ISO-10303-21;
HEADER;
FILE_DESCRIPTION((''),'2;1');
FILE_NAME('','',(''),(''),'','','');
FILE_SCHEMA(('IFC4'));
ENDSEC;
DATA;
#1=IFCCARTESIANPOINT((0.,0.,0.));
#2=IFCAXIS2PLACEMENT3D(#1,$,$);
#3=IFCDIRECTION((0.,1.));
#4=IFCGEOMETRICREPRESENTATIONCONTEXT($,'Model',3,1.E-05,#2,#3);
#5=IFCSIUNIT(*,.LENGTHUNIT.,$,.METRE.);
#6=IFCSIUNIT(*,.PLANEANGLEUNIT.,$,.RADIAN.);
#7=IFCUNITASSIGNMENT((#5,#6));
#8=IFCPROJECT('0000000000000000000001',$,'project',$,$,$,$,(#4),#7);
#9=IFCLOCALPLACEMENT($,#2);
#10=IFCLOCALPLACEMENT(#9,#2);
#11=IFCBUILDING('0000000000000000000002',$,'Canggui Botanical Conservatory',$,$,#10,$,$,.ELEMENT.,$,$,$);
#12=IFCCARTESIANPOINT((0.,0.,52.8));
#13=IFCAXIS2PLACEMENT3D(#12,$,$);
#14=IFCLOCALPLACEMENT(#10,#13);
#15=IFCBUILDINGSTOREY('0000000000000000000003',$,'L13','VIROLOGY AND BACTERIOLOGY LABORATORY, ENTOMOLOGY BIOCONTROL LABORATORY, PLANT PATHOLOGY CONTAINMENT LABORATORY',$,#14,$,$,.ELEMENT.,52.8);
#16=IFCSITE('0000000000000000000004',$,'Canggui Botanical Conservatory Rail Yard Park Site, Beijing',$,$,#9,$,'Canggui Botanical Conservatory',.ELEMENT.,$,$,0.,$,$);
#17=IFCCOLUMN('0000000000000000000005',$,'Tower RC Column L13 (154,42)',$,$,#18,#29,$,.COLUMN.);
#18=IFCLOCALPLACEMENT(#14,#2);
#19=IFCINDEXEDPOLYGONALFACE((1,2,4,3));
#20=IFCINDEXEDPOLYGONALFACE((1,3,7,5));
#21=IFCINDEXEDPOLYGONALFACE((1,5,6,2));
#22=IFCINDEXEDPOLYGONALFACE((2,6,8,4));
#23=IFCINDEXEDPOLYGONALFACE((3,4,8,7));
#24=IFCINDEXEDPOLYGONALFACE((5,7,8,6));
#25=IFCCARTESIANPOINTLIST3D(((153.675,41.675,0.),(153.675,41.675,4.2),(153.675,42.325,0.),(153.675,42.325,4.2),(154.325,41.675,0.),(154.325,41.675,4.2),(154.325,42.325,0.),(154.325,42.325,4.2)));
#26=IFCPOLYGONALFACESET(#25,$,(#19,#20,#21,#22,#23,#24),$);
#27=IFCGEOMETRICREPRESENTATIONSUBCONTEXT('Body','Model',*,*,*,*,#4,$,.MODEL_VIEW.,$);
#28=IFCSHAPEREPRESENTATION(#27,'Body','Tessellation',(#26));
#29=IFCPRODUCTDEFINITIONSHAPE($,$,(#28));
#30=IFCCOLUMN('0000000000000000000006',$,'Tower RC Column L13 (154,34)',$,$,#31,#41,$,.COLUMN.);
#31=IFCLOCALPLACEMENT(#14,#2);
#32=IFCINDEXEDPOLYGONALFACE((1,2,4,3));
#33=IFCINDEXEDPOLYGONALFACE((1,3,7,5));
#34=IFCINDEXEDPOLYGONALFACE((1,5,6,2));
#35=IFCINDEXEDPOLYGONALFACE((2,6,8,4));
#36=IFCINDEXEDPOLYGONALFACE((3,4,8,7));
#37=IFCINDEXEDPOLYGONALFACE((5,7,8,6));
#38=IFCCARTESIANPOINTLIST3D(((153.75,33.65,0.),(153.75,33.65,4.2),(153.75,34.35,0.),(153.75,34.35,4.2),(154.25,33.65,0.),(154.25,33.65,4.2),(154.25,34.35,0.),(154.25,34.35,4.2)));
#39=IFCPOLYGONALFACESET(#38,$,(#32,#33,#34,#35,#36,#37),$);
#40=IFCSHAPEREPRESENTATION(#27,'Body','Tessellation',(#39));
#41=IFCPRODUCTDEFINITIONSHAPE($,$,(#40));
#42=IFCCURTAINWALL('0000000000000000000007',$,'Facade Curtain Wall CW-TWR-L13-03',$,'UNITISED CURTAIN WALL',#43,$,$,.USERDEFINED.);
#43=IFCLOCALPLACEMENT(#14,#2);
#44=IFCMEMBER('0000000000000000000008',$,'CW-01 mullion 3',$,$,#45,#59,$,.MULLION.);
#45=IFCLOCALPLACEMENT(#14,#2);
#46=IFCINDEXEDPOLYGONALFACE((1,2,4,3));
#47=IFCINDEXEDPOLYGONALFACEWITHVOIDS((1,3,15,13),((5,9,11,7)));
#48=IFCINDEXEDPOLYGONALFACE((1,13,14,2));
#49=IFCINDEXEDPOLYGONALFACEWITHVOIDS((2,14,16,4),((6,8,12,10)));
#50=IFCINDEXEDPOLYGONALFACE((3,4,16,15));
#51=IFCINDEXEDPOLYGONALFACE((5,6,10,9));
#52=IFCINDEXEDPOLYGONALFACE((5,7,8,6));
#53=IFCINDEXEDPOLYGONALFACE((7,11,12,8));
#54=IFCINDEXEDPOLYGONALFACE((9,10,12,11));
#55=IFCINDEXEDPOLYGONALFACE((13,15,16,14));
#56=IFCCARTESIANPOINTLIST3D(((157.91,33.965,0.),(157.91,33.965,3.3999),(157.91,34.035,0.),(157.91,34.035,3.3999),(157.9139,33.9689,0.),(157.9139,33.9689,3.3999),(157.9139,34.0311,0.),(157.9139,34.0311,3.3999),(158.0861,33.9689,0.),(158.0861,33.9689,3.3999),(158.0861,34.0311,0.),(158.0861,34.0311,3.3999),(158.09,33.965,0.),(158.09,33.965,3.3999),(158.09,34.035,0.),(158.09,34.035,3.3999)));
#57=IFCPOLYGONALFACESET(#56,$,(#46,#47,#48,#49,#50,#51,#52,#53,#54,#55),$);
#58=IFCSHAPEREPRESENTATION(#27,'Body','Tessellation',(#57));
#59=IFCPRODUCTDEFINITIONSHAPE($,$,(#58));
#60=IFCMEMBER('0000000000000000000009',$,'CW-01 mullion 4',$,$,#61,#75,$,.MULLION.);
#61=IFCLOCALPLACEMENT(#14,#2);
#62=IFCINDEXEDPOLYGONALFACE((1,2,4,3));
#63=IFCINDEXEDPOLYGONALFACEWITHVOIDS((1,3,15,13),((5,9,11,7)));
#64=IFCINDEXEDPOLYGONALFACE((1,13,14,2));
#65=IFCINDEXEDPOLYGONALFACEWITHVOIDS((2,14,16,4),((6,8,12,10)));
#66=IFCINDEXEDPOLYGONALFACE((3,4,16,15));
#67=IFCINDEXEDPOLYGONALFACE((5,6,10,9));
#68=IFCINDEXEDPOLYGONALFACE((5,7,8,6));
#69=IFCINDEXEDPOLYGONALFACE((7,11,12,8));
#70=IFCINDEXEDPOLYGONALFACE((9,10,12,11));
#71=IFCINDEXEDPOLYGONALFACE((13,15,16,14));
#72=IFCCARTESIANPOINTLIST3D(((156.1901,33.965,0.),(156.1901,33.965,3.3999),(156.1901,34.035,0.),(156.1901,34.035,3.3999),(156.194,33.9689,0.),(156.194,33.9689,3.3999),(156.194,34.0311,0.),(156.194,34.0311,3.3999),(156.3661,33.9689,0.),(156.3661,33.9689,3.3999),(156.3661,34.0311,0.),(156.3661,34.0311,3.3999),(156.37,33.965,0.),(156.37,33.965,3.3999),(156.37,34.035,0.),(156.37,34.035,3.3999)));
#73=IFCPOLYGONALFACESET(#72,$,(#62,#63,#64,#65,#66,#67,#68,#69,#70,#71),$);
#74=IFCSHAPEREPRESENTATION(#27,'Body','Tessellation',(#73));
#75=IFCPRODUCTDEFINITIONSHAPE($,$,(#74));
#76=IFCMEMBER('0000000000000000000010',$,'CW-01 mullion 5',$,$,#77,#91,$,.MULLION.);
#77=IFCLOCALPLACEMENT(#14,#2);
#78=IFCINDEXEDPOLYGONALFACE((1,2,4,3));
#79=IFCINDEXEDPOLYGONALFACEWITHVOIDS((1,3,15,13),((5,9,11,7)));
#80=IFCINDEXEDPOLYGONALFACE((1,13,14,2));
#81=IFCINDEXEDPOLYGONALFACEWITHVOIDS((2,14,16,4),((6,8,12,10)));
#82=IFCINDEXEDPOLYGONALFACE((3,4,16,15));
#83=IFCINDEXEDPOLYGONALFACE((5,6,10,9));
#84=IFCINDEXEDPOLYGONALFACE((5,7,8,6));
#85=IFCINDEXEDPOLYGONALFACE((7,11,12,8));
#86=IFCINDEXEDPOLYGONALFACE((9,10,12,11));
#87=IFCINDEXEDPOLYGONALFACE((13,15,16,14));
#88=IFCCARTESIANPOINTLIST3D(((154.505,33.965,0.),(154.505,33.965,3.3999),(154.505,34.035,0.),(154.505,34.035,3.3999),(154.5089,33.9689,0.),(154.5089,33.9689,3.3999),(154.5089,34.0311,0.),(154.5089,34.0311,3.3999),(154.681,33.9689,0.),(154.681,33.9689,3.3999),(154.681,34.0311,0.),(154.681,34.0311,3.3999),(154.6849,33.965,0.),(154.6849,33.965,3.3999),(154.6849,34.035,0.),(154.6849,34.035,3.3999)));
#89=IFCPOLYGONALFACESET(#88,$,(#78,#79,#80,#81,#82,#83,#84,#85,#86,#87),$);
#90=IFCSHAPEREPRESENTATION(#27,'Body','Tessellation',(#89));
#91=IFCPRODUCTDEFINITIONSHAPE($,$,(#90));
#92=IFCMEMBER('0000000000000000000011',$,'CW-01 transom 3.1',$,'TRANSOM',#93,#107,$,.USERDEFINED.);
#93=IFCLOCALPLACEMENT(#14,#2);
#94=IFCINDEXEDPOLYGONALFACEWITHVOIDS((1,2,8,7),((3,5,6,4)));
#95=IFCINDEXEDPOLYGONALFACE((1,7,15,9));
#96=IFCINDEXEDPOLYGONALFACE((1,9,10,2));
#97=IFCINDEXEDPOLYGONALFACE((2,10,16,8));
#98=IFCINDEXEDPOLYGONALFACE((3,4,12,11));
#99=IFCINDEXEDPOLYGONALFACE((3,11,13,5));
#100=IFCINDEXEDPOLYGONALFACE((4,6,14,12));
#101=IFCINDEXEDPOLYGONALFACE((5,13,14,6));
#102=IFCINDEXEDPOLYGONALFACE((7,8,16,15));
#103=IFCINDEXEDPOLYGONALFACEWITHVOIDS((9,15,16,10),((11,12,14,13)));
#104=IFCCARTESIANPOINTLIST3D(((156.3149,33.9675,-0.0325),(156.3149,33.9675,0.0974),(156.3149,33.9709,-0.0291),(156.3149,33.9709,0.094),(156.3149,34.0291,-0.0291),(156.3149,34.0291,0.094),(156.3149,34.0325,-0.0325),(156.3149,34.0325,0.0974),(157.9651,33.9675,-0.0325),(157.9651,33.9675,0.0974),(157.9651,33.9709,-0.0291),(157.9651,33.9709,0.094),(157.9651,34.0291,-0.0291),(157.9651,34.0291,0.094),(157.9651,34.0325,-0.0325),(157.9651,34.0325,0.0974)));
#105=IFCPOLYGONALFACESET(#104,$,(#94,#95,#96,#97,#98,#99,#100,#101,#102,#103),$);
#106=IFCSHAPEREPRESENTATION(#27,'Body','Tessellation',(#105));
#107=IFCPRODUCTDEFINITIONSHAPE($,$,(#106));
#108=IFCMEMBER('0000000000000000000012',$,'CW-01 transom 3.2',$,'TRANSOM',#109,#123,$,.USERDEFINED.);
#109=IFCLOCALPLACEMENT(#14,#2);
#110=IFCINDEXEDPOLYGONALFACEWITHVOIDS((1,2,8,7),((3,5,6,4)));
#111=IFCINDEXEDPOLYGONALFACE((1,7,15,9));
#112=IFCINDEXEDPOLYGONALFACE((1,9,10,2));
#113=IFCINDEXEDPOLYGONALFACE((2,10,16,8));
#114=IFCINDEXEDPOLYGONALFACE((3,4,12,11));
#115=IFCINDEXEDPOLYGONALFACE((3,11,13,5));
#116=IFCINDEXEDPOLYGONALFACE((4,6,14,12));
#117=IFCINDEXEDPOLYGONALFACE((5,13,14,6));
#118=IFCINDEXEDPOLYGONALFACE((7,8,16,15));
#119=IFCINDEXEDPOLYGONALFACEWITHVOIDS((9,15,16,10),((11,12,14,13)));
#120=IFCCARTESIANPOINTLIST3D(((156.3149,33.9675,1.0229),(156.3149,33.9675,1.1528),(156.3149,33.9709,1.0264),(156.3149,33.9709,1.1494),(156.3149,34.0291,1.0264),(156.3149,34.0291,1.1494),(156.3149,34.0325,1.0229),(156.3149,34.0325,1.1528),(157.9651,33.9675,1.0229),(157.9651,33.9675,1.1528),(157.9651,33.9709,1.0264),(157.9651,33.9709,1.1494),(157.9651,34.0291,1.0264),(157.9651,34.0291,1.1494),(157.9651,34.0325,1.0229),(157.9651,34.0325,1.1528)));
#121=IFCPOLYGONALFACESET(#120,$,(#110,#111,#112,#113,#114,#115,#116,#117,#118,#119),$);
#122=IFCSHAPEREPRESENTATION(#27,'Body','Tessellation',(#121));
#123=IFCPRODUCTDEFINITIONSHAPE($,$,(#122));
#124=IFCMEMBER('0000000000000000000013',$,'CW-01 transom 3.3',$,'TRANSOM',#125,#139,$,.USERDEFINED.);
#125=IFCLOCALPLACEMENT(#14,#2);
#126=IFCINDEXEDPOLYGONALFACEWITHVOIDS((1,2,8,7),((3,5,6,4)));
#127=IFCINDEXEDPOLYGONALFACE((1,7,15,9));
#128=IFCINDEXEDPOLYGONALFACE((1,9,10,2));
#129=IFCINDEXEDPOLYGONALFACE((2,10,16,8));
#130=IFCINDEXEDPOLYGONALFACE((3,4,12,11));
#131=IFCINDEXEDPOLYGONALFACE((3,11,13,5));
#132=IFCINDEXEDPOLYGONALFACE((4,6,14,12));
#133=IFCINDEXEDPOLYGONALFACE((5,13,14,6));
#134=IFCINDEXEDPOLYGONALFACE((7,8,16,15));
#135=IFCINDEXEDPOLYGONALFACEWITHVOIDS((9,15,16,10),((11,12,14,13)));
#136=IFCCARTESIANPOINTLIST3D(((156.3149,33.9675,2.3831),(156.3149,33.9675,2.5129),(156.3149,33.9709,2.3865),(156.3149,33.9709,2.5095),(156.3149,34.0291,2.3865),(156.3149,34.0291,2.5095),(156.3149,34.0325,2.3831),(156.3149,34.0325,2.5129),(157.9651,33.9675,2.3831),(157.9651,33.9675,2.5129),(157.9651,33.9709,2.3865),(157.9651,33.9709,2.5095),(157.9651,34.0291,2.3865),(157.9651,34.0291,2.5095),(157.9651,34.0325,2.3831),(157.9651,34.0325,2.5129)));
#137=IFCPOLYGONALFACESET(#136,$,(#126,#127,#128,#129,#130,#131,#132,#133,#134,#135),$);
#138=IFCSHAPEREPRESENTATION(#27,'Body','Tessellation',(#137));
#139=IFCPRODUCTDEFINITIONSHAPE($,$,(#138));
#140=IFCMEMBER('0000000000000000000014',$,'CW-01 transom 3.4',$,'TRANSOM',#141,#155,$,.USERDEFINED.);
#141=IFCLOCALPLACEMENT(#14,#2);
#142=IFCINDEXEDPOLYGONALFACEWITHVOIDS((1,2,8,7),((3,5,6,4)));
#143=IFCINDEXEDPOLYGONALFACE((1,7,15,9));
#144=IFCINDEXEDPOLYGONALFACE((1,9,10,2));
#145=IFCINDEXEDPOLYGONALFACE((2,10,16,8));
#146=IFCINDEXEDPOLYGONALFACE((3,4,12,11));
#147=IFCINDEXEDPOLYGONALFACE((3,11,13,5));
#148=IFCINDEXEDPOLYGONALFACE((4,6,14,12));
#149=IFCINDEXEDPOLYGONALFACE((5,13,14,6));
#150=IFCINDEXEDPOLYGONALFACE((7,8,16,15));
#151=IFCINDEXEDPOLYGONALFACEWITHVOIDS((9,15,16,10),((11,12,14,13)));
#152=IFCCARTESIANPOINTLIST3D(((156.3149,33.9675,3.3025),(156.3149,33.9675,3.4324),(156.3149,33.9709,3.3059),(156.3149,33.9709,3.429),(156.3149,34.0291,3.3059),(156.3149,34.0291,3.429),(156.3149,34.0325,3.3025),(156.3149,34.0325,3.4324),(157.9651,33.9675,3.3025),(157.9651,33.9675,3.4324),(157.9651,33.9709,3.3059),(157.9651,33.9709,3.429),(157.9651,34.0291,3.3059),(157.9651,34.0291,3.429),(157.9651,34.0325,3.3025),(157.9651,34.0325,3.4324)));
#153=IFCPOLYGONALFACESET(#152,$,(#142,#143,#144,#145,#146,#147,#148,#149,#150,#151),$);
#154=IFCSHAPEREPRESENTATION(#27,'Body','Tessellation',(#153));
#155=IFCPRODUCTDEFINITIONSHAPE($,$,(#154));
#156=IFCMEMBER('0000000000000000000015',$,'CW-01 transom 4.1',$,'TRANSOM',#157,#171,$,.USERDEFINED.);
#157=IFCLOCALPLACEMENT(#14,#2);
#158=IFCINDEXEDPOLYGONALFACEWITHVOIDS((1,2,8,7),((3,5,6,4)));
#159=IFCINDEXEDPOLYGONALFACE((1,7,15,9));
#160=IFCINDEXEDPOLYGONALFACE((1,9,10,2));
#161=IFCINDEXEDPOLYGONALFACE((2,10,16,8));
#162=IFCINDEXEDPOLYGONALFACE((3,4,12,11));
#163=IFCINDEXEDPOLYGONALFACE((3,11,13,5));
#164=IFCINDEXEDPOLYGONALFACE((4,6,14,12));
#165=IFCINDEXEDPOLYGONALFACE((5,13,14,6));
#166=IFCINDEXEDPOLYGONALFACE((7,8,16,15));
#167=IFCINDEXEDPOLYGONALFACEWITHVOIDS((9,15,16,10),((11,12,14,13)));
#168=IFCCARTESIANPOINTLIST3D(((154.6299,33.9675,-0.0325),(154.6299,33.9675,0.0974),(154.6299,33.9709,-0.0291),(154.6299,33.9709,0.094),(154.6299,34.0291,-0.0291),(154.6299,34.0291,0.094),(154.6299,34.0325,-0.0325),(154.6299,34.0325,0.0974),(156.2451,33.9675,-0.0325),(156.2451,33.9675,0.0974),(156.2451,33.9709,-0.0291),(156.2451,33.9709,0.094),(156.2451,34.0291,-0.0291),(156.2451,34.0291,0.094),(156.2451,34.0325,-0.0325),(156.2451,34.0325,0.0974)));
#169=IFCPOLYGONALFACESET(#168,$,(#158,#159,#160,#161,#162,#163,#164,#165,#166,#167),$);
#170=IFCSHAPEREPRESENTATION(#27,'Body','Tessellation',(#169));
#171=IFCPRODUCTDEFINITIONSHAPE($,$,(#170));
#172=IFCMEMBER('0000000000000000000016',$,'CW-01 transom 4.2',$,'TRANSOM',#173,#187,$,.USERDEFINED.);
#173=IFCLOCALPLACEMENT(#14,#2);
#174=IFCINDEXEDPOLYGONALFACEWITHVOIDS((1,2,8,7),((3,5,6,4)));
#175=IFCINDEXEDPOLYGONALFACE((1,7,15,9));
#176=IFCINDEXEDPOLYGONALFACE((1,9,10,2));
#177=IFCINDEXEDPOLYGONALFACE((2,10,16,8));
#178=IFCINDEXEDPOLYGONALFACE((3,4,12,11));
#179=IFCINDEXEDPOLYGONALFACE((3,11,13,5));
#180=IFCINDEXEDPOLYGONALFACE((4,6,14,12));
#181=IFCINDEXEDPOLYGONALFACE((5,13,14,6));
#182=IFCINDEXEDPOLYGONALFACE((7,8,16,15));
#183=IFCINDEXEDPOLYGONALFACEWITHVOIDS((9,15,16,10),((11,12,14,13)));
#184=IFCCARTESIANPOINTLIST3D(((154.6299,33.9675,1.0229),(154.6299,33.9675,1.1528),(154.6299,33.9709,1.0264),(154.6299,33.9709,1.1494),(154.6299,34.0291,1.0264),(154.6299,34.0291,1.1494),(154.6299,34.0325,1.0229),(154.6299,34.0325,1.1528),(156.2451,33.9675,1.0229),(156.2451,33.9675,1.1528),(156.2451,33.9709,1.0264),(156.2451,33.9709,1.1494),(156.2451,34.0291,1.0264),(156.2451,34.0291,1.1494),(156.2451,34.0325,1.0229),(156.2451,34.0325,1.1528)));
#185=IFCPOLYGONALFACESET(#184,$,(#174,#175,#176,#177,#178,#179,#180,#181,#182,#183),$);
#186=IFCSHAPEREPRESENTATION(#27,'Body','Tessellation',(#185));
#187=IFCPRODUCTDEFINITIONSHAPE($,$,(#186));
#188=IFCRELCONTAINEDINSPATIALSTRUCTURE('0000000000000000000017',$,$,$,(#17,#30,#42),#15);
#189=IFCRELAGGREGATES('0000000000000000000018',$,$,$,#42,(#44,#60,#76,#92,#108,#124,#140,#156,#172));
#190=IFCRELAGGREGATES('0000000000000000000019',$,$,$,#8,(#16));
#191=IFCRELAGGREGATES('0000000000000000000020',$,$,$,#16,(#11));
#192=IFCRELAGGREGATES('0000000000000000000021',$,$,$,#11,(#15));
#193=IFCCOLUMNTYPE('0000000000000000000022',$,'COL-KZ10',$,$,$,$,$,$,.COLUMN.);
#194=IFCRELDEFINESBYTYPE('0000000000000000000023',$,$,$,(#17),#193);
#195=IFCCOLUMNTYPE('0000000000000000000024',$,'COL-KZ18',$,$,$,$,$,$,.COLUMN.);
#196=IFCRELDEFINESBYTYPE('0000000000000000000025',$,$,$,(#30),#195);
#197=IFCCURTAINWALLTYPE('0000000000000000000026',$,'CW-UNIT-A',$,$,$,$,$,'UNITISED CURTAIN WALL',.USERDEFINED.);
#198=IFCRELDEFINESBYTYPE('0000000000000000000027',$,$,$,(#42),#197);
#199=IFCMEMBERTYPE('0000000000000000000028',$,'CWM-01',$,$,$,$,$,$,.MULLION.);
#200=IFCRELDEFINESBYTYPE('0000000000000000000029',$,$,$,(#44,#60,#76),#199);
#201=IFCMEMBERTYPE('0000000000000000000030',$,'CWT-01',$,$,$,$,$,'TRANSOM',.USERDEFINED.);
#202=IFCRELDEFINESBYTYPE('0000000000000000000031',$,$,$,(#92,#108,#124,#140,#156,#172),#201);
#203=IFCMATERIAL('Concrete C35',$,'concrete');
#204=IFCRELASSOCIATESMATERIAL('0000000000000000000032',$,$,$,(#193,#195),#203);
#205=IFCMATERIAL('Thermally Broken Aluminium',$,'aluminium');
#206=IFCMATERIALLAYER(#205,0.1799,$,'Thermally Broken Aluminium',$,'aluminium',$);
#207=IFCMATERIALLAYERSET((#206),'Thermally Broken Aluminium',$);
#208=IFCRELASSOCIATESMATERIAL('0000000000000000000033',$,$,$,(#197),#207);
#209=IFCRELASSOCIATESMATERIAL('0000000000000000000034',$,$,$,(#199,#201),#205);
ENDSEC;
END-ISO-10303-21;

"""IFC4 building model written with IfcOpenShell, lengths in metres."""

from ifc_helpers import new_model, si_unit, direction, frame, origin, origin_2d, place, context, subcontext, project, spatial, rectangle, hollow_rectangle, extrude, material, layer, layer_set, material_profile, profile_set, type_object, element, aggregate, save


model = new_model("IFC4")

# Units and contexts
model_context = context("Model", 3, precision=1e-05, world=origin(), true_north=direction((0.0, 1.0)))
body_context = subcontext(model_context, "Body", "Model", "MODEL_VIEW")
ifc_project = project(units=[si_unit("LENGTHUNIT", "METRE"), si_unit("PLANEANGLEUNIT", "RADIAN")], contexts=[model_context])

# Site, building, storey
site_placement = place(None, origin())
site = spatial("IfcSite", under=ifc_project, at=site_placement, Name="Canggui Botanical Conservatory Rail Yard Park Site, Beijing", LongName="Canggui Botanical Conservatory", CompositionType="ELEMENT", RefElevation=0.0)
building_placement = place(site_placement, origin())
building = spatial("IfcBuilding", under=site, at=building_placement, Name="Canggui Botanical Conservatory", CompositionType="ELEMENT")
storey_placement = place(building_placement, frame((0.0, 0.0, 52.8)))
storey = spatial("IfcBuildingStorey", under=building, at=storey_placement, Name="L13", Description="VIROLOGY AND BACTERIOLOGY LABORATORY, ENTOMOLOGY BIOCONTROL LABORATORY, PLANT PATHOLOGY CONTAINMENT LABORATORY", CompositionType="ELEMENT", Elevation=52.8)

# Columns
ifc_material_1 = material(Name="Concrete C35", Category="concrete")
ifc_material_profile_1 = material_profile(ifc_material_1, rectangle(XDim=0.6499, YDim=0.6499, at=origin_2d()), Name="RC 650x650")
ifc_profile_set_1 = profile_set([ifc_material_profile_1], Name="Concrete C35")
column_type_1 = type_object("IfcColumnType", Name="COL-KZ10", PredefinedType="COLUMN", material=ifc_profile_set_1)
column_1_placement = place(storey_placement, frame((154.0, 42.0, 0.0), z_axis=(0.0, 0.0, 1.0), x_axis=(1.0, 0.0, 0.0)))
element("IfcColumn", 1, at=column_1_placement, inside=storey, type_object=column_type_1, Name="Tower RC Column L13 (154,42)", PredefinedType="COLUMN", context=body_context, shape_type="SweptSolid", body=[
    extrude(rectangle(XDim=0.6499, YDim=0.6499, at=origin_2d()), origin(), (0.0, 0.0, 1.0), 4.2),
])
ifc_material_profile_2 = material_profile(ifc_material_1, rectangle(XDim=0.5, YDim=0.7, at=origin_2d()), Name="RC 500x700")
ifc_profile_set_2 = profile_set([ifc_material_profile_2], Name="Concrete C35")
column_type_2 = type_object("IfcColumnType", Name="COL-KZ18", PredefinedType="COLUMN", material=ifc_profile_set_2)
column_2_placement = place(storey_placement, frame((154.0, 34.0, 0.0), z_axis=(0.0, 0.0, 1.0), x_axis=(1.0, 0.0, 0.0)))
element("IfcColumn", 2, at=column_2_placement, inside=storey, type_object=column_type_2, Name="Tower RC Column L13 (154,34)", PredefinedType="COLUMN", context=body_context, shape_type="SweptSolid", body=[
    extrude(rectangle(XDim=0.5, YDim=0.7, at=origin_2d()), origin(), (0.0, 0.0, 1.0), 4.2),
])

# Curtain wall, members
ifc_material_2 = material(Name="Thermally Broken Aluminium", Category="aluminium")
ifc_layer_1 = layer(ifc_material_2, 0.1799, Name="Thermally Broken Aluminium", Category="aluminium")
ifc_layer_set_1 = layer_set([ifc_layer_1], Name="Thermally Broken Aluminium")
curtain_wall_type = type_object("IfcCurtainWallType", Name="CW-UNIT-A", ElementType="UNITISED CURTAIN WALL", PredefinedType="USERDEFINED", material=ifc_layer_set_1)
curtain_wall_placement = place(storey_placement, origin())
curtain_wall = element("IfcCurtainWall", 3, at=curtain_wall_placement, inside=storey, type_object=curtain_wall_type, Name="Facade Curtain Wall CW-TWR-L13-03", ObjectType="UNITISED CURTAIN WALL", PredefinedType="USERDEFINED")
ifc_material_profile_3 = material_profile(ifc_material_2, hollow_rectangle(XDim=0.0701, YDim=0.1799, WallThickness=0.0039, at=origin_2d()), Name="CWM 70x180x4")
ifc_profile_set_3 = profile_set([ifc_material_profile_3], Name="Thermally Broken Aluminium")
member_type_1 = type_object("IfcMemberType", Name="CWM-01", PredefinedType="MULLION", material=ifc_profile_set_3)
member_1_placement = place(storey_placement, frame((158.0, 34.0, 0.0), z_axis=(0.0, 0.0, 1.0), x_axis=(0.0, -1.0, 0.0)))
member_1 = element("IfcMember", 4, at=member_1_placement, type_object=member_type_1, Name="CW-01 mullion 3", PredefinedType="MULLION", context=body_context, shape_type="SweptSolid", body=[
    extrude(hollow_rectangle(XDim=0.0701, YDim=0.1799, WallThickness=0.0039, at=origin_2d()), origin(), (0.0, 0.0, 1.0), 3.3999),
])
member_2_placement = place(storey_placement, frame((156.28, 34.0, 0.0), z_axis=(0.0, 0.0, 1.0), x_axis=(0.0, -1.0, 0.0)))
member_2 = element("IfcMember", 5, at=member_2_placement, type_object=member_type_1, Name="CW-01 mullion 4", PredefinedType="MULLION", context=body_context, shape_type="SweptSolid", body=[
    extrude(hollow_rectangle(XDim=0.0701, YDim=0.1799, WallThickness=0.0039, at=origin_2d()), origin(), (0.0, 0.0, 1.0), 3.3999),
])
member_3_placement = place(storey_placement, frame((154.595, 34.0, 0.0), z_axis=(0.0, 0.0, 1.0), x_axis=(0.0, -1.0, 0.0)))
member_3 = element("IfcMember", 6, at=member_3_placement, type_object=member_type_1, Name="CW-01 mullion 5", PredefinedType="MULLION", context=body_context, shape_type="SweptSolid", body=[
    extrude(hollow_rectangle(XDim=0.0701, YDim=0.1799, WallThickness=0.0039, at=origin_2d()), origin(), (0.0, 0.0, 1.0), 3.3999),
])
ifc_material_profile_4 = material_profile(ifc_material_2, hollow_rectangle(XDim=0.0649, YDim=0.1299, WallThickness=0.0034, at=origin_2d()), Name="CWT 65x130x3.5")
ifc_profile_set_4 = profile_set([ifc_material_profile_4], Name="Thermally Broken Aluminium")
member_type_2 = type_object("IfcMemberType", Name="CWT-01", ElementType="TRANSOM", PredefinedType="USERDEFINED", material=ifc_profile_set_4)
member_4_placement = place(storey_placement, frame((157.9651, 34.0, 0.0325), z_axis=(-1.0, 0.0, 0.0), x_axis=(0.0, -1.0, 0.0)))
member_4 = element("IfcMember", 7, at=member_4_placement, type_object=member_type_2, Name="CW-01 transom 3.1", ObjectType="TRANSOM", PredefinedType="USERDEFINED", context=body_context, shape_type="SweptSolid", body=[
    extrude(hollow_rectangle(XDim=0.0649, YDim=0.1299, WallThickness=0.0034, at=origin_2d()), origin(), (0.0, 0.0, 1.0), 1.6501),
])
member_5_placement = place(storey_placement, frame((157.9651, 34.0, 1.0879), z_axis=(-1.0, 0.0, 0.0), x_axis=(0.0, -1.0, 0.0)))
member_5 = element("IfcMember", 8, at=member_5_placement, type_object=member_type_2, Name="CW-01 transom 3.2", ObjectType="TRANSOM", PredefinedType="USERDEFINED", context=body_context, shape_type="SweptSolid", body=[
    extrude(hollow_rectangle(XDim=0.0649, YDim=0.1299, WallThickness=0.0034, at=origin_2d()), origin(), (0.0, 0.0, 1.0), 1.6501),
])
member_6_placement = place(storey_placement, frame((157.9651, 34.0, 2.448), z_axis=(-1.0, 0.0, 0.0), x_axis=(0.0, -1.0, 0.0)))
member_6 = element("IfcMember", 9, at=member_6_placement, type_object=member_type_2, Name="CW-01 transom 3.3", ObjectType="TRANSOM", PredefinedType="USERDEFINED", context=body_context, shape_type="SweptSolid", body=[
    extrude(hollow_rectangle(XDim=0.0649, YDim=0.1299, WallThickness=0.0034, at=origin_2d()), origin(), (0.0, 0.0, 1.0), 1.6501),
])
member_7_placement = place(storey_placement, frame((157.9651, 34.0, 3.3674), z_axis=(-1.0, 0.0, 0.0), x_axis=(0.0, -1.0, 0.0)))
member_7 = element("IfcMember", 10, at=member_7_placement, type_object=member_type_2, Name="CW-01 transom 3.4", ObjectType="TRANSOM", PredefinedType="USERDEFINED", context=body_context, shape_type="SweptSolid", body=[
    extrude(hollow_rectangle(XDim=0.0649, YDim=0.1299, WallThickness=0.0034, at=origin_2d()), origin(), (0.0, 0.0, 1.0), 1.6501),
])
member_8_placement = place(storey_placement, frame((156.2451, 34.0, 0.0325), z_axis=(-1.0, 0.0, 0.0), x_axis=(0.0, -1.0, 0.0)))
member_8 = element("IfcMember", 11, at=member_8_placement, type_object=member_type_2, Name="CW-01 transom 4.1", ObjectType="TRANSOM", PredefinedType="USERDEFINED", context=body_context, shape_type="SweptSolid", body=[
    extrude(hollow_rectangle(XDim=0.0649, YDim=0.1299, WallThickness=0.0034, at=origin_2d()), origin(), (0.0, 0.0, 1.0), 1.6152),
])
member_9_placement = place(storey_placement, frame((156.2451, 34.0, 1.0879), z_axis=(-1.0, 0.0, 0.0), x_axis=(0.0, -1.0, 0.0)))
member_9 = element("IfcMember", 12, at=member_9_placement, type_object=member_type_2, Name="CW-01 transom 4.2", ObjectType="TRANSOM", PredefinedType="USERDEFINED", context=body_context, shape_type="SweptSolid", body=[
    extrude(hollow_rectangle(XDim=0.0649, YDim=0.1299, WallThickness=0.0034, at=origin_2d()), origin(), (0.0, 0.0, 1.0), 1.6152),
])
aggregate(curtain_wall, [member_1, member_2, member_3, member_4, member_5, member_6, member_7, member_8, member_9])

save(model, "model.ifc")
